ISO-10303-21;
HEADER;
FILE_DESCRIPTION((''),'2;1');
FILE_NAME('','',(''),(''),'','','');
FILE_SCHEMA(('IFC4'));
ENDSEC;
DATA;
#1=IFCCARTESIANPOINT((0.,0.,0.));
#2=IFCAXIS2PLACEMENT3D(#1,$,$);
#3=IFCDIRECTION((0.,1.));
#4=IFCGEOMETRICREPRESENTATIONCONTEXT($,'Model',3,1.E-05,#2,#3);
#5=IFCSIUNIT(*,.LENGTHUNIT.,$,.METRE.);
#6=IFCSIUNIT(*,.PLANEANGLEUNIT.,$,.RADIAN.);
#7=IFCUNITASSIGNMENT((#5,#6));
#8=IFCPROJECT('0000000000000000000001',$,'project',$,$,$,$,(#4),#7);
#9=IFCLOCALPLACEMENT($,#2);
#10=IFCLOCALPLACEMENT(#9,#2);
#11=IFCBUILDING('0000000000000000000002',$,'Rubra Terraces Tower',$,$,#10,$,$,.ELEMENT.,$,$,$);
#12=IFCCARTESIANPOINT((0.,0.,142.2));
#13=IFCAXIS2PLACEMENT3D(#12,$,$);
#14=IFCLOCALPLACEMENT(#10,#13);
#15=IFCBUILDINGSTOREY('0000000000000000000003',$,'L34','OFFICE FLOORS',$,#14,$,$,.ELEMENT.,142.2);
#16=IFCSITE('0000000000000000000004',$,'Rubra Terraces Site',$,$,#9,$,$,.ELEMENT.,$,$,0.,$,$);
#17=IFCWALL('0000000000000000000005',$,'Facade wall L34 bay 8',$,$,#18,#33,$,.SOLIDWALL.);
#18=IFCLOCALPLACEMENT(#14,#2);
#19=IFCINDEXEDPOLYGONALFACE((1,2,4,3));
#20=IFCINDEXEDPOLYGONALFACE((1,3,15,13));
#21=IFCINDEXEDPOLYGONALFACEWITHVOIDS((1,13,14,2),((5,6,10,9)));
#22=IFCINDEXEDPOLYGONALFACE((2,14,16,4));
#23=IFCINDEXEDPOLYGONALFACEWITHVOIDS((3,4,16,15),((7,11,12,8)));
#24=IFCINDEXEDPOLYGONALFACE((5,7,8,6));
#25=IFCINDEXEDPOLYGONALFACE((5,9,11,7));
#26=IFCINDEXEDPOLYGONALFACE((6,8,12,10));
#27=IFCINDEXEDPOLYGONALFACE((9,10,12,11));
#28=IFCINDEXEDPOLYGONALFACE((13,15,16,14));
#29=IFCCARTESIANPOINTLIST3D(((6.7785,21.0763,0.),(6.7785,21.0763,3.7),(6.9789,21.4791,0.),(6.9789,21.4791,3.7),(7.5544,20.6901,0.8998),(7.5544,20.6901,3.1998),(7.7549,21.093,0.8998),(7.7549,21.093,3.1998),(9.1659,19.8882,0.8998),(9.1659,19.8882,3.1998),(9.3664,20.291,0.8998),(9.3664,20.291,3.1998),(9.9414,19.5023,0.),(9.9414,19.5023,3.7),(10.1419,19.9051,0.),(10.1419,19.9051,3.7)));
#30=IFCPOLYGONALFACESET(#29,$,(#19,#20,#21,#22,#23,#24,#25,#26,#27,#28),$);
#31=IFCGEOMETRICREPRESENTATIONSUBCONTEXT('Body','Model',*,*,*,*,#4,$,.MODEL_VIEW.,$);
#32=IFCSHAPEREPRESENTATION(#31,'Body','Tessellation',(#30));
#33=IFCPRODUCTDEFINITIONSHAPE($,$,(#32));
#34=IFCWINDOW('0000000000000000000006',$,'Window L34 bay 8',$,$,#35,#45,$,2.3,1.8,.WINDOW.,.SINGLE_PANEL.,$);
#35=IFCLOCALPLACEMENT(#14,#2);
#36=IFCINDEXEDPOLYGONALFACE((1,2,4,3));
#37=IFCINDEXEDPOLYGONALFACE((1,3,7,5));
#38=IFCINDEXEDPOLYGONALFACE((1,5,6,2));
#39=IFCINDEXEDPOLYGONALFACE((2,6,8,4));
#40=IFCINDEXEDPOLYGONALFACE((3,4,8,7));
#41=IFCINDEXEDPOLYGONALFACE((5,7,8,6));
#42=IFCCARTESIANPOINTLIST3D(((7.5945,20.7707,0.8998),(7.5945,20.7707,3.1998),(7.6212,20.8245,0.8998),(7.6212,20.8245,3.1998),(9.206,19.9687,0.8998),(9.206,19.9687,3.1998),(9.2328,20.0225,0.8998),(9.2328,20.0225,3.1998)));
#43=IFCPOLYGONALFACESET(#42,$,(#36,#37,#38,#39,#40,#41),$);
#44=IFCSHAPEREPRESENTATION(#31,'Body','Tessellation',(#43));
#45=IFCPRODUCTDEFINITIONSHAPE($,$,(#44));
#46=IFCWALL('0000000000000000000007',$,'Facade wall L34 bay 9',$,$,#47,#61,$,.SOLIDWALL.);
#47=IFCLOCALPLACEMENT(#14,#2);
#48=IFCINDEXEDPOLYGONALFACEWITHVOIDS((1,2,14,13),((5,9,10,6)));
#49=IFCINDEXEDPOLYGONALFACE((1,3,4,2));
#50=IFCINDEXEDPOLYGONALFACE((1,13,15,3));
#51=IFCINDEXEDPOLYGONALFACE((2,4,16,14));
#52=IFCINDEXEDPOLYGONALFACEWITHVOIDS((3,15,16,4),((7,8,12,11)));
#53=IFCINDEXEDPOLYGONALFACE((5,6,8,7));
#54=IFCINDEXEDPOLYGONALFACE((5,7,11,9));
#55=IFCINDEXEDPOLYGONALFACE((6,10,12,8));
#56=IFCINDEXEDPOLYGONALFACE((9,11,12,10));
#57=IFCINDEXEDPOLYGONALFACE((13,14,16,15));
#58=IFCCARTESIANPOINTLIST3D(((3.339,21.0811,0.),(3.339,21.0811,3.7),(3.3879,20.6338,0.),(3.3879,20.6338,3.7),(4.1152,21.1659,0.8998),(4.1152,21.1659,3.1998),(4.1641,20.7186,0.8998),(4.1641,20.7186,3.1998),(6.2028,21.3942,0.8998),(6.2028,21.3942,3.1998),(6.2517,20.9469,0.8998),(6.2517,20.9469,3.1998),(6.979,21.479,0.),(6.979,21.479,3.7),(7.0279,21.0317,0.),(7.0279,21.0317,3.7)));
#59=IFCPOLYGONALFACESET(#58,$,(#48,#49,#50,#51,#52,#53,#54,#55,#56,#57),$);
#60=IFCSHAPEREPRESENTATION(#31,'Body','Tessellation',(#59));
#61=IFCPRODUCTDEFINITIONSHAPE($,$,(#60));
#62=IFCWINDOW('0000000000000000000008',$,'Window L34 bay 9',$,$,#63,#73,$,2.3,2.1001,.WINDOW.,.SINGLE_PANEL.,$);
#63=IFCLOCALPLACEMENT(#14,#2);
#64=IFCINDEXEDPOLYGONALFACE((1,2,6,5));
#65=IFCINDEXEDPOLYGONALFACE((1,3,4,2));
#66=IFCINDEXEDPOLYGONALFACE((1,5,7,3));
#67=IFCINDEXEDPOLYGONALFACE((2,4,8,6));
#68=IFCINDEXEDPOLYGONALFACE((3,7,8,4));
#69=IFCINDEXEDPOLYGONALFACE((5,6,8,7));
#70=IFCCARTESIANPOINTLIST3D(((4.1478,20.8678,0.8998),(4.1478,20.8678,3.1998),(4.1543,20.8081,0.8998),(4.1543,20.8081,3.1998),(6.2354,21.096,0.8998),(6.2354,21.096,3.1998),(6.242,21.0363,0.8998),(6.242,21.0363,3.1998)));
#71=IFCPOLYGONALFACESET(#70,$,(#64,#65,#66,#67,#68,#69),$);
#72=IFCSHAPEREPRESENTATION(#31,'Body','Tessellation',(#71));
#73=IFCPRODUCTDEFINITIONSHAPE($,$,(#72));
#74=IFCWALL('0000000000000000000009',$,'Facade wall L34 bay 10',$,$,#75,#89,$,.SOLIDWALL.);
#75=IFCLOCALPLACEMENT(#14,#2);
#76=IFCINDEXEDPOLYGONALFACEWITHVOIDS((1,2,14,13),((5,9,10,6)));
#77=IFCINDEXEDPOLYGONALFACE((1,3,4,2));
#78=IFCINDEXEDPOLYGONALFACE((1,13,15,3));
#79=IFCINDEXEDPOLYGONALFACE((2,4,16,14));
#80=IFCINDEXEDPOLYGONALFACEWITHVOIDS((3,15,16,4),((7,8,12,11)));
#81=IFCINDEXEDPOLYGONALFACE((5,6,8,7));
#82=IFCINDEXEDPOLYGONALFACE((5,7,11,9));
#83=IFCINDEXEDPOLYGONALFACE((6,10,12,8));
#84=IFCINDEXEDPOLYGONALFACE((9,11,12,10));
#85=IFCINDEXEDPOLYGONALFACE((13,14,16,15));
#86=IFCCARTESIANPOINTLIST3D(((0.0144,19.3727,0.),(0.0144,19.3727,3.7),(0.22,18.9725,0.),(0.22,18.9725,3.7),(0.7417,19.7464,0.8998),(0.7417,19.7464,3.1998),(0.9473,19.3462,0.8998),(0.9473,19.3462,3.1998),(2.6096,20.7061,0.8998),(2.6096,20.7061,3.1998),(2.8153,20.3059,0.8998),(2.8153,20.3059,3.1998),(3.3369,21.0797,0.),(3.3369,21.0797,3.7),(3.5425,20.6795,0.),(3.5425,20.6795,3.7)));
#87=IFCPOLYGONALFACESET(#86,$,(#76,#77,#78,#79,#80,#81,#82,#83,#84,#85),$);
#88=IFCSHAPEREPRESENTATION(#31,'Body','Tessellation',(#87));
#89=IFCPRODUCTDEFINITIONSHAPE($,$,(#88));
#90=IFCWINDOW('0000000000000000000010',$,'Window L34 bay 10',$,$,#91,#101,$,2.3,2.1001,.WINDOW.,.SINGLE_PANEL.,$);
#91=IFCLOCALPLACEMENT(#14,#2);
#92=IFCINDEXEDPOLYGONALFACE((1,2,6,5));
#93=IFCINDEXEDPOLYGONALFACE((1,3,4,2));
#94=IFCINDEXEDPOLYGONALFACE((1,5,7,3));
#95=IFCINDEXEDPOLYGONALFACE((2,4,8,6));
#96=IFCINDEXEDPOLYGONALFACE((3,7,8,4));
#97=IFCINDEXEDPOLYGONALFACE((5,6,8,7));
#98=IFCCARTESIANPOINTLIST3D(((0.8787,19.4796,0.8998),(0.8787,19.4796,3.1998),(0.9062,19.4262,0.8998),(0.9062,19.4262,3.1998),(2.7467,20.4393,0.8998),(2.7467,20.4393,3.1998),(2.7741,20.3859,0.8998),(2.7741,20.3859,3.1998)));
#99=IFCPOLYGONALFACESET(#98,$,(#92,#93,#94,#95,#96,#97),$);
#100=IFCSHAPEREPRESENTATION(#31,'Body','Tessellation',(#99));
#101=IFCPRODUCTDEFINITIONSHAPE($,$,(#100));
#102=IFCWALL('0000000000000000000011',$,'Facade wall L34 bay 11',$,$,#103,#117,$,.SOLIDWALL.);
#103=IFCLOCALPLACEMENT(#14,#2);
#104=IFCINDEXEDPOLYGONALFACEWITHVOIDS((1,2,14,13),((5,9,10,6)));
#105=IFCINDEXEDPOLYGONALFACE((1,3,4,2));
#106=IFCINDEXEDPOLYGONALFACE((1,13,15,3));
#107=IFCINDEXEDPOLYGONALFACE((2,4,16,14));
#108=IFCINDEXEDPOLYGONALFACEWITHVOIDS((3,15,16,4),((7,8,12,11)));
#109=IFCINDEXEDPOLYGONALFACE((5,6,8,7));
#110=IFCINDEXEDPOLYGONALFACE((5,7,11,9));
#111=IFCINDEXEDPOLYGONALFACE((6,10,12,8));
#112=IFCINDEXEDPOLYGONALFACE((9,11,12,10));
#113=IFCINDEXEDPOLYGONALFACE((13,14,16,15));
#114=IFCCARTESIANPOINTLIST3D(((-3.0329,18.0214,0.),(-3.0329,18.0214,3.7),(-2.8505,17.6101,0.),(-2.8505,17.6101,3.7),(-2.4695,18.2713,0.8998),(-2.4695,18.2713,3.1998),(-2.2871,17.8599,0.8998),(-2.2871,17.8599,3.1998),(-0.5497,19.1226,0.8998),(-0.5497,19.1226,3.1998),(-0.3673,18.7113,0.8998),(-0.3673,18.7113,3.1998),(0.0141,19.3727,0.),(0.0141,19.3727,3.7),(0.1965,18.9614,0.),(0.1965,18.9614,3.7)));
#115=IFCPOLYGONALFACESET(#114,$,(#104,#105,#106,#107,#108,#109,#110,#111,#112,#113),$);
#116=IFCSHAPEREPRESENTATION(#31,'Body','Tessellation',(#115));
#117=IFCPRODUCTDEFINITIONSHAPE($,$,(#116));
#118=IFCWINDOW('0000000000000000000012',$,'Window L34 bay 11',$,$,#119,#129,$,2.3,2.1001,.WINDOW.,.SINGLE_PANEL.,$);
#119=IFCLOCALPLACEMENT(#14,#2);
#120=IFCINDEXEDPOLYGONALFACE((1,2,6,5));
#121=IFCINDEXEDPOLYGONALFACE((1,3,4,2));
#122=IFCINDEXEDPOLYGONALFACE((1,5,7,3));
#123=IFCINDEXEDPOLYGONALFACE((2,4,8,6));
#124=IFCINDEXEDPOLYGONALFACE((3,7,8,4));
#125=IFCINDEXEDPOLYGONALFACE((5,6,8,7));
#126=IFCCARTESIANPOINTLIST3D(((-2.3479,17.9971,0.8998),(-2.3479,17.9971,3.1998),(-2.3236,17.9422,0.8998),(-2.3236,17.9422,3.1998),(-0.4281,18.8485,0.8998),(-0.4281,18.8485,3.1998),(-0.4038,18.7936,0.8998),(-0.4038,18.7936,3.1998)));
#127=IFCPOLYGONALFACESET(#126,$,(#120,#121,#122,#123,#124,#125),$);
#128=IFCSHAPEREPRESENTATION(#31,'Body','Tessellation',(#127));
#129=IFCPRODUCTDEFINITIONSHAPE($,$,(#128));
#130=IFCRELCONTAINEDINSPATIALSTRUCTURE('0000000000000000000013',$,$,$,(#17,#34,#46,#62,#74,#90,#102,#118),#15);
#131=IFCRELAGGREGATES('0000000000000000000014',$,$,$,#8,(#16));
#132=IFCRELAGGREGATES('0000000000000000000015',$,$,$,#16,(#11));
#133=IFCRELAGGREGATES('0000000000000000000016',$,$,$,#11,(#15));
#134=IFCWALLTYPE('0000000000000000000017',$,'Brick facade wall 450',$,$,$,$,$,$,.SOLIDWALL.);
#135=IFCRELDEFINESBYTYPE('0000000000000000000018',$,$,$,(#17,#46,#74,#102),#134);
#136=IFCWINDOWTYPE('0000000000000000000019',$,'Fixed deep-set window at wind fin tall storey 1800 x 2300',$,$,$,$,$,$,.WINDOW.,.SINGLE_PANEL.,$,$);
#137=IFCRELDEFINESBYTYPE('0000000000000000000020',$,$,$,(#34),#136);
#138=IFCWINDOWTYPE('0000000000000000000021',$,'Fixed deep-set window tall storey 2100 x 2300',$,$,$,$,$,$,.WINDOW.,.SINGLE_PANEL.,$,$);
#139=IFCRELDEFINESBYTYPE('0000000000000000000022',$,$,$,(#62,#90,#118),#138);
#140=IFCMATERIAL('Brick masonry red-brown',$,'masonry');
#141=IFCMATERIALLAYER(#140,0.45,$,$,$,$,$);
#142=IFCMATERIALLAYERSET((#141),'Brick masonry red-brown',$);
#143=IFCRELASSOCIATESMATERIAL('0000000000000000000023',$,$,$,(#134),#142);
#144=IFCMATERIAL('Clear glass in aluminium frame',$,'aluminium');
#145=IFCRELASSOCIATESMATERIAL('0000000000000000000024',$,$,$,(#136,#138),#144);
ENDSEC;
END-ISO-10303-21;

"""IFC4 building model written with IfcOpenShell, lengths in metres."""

from ifc_helpers import new_model, si_unit, direction, frame, frame_2d, origin, place, context, subcontext, project, spatial, rectangle, extrude, material, layer, layer_set, type_object, element, fill, save


model = new_model("IFC4")

# Units and contexts
model_context = context("Model", 3, precision=1e-05, world=origin(), true_north=direction((0.0, 1.0)))
body_context = subcontext(model_context, "Body", "Model", "MODEL_VIEW")
ifc_project = project(units=[si_unit("LENGTHUNIT", "METRE"), si_unit("PLANEANGLEUNIT", "RADIAN")], contexts=[model_context])

# Site, building, storey
site_placement = place(None, origin())
site = spatial("IfcSite", under=ifc_project, at=site_placement, Name="Rubra Terraces Site", CompositionType="ELEMENT", RefElevation=0.0)
building_placement = place(site_placement, origin())
building = spatial("IfcBuilding", under=site, at=building_placement, Name="Rubra Terraces Tower", CompositionType="ELEMENT")
storey_placement = place(building_placement, frame((0.0, 0.0, 142.2)))
storey = spatial("IfcBuildingStorey", under=building, at=storey_placement, Name="L34", Description="OFFICE FLOORS", CompositionType="ELEMENT", Elevation=142.2)

# Walls, openings, windows
ifc_material_1 = material(Name="Brick masonry red-brown", Category="masonry")
ifc_layer_1 = layer(ifc_material_1, 0.45)
ifc_layer_set_1 = layer_set([ifc_layer_1], Name="Brick masonry red-brown")
wall_type_1 = type_object("IfcWallType", Name="Brick facade wall 450", PredefinedType="SOLIDWALL", material=ifc_layer_set_1)
wall_1_placement = place(storey_placement, frame((10.0417, 19.7036, 0.0), z_axis=(0.0, 0.0, 1.0), x_axis=(-0.895269, 0.445527, 0.0)))
wall_1 = element("IfcWall", 1, at=wall_1_placement, inside=storey, type_object=wall_type_1, Name="Facade wall L34 bay 8", PredefinedType="SOLIDWALL", context=body_context, shape_type="SweptSolid", body=[
    extrude(rectangle(XDim=3.533, YDim=0.45, at=frame_2d((1.7666, 0.0))), origin(), (0.0, 0.0, 1.0), 3.7),
])
opening_1_placement = place(wall_1_placement, frame((0.8665, 0.0, 0.8999)))
opening_1 = element("IfcOpeningElement", 2, at=opening_1_placement, cuts=wall_1, PredefinedType="OPENING", context=body_context, shape_type="SweptSolid", body=[
    extrude(rectangle(XDim=1.8, YDim=2.3, at=frame_2d((0.8999, 1.1499))), frame((0.0, 0.2349, 0.0), z_axis=(0.0, -1.0, 0.0), x_axis=(1.0, 0.0, 0.0)), (0.0, 0.0, 1.0), 0.47),
])
ifc_material_2 = material(Name="Clear glass in aluminium frame", Category="aluminium")
window_type_1 = type_object("IfcWindowType", Name="Fixed deep-set window at wind fin tall storey 1800 x 2300", PartitioningType="SINGLE_PANEL", PredefinedType="WINDOW", material=ifc_material_2)
window_1_placement = place(opening_1_placement, origin())
window_1 = element("IfcWindow", 3, at=window_1_placement, inside=storey, type_object=window_type_1, Name="Window L34 bay 8", OverallHeight=2.3, OverallWidth=1.8, PartitioningType="SINGLE_PANEL", PredefinedType="WINDOW", context=body_context, shape_type="SweptSolid", body=[
    extrude(rectangle(XDim=1.8, YDim=2.3, at=frame_2d((0.8999, 1.1499))), frame((0.0, 0.135, 0.0), z_axis=(0.0, -1.0, 0.0), x_axis=(1.0, 0.0, 0.0)), (0.0, 0.0, 1.0), 0.0601),
])
fill(opening_1, window_1)
wall_2_placement = place(storey_placement, frame((7.0034, 21.2554, 0.0), z_axis=(0.0, 0.0, 1.0), x_axis=(-0.994077, -0.108682, 0.0)))
wall_2 = element("IfcWall", 4, at=wall_2_placement, inside=storey, type_object=wall_type_1, Name="Facade wall L34 bay 9", PredefinedType="SOLIDWALL", context=body_context, shape_type="SweptSolid", body=[
    extrude(rectangle(XDim=3.6616, YDim=0.45, at=frame_2d((1.8308, 0.0))), origin(), (0.0, 0.0, 1.0), 3.7),
])
opening_2_placement = place(wall_2_placement, frame((0.7808, 0.0, 0.8999)))
opening_2 = element("IfcOpeningElement", 5, at=opening_2_placement, cuts=wall_2, PredefinedType="OPENING", context=body_context, shape_type="SweptSolid", body=[
    extrude(rectangle(XDim=2.1001, YDim=2.3, at=frame_2d((1.05, 1.1499))), frame((0.0, 0.2349, 0.0), z_axis=(0.0, -1.0, 0.0), x_axis=(1.0, 0.0, 0.0)), (0.0, 0.0, 1.0), 0.47),
])
window_type_2 = type_object("IfcWindowType", Name="Fixed deep-set window tall storey 2100 x 2300", PartitioningType="SINGLE_PANEL", PredefinedType="WINDOW", material=ifc_material_2)
window_2_placement = place(opening_2_placement, origin())
window_2 = element("IfcWindow", 6, at=window_2_placement, inside=storey, type_object=window_type_2, Name="Window L34 bay 9", OverallHeight=2.3, OverallWidth=2.1001, PartitioningType="SINGLE_PANEL", PredefinedType="WINDOW", context=body_context, shape_type="SweptSolid", body=[
    extrude(rectangle(XDim=2.1001, YDim=2.3, at=frame_2d((1.05, 1.1499))), frame((0.0, 0.135, 0.0), z_axis=(0.0, -1.0, 0.0), x_axis=(1.0, 0.0, 0.0)), (0.0, 0.0, 1.0), 0.0601),
])
fill(opening_2, window_2)
wall_3_placement = place(storey_placement, frame((3.4397, 20.8796, 0.0), z_axis=(0.0, 0.0, 1.0), x_axis=(-0.889472, -0.456991, 0.0)))
wall_3 = element("IfcWall", 7, at=wall_3_placement, inside=storey, type_object=wall_type_1, Name="Facade wall L34 bay 10", PredefinedType="SOLIDWALL", context=body_context, shape_type="SweptSolid", body=[
    extrude(rectangle(XDim=3.7354, YDim=0.45, at=frame_2d((1.8677, 0.0))), origin(), (0.0, 0.0, 1.0), 3.7),
])
opening_3_placement = place(wall_3_placement, frame((0.8176, 0.0, 0.8999)))
opening_3 = element("IfcOpeningElement", 8, at=opening_3_placement, cuts=wall_3, PredefinedType="OPENING", context=body_context, shape_type="SweptSolid", body=[
    extrude(rectangle(XDim=2.1001, YDim=2.3, at=frame_2d((1.05, 1.1499))), frame((0.0, 0.2349, 0.0), z_axis=(0.0, -1.0, 0.0), x_axis=(1.0, 0.0, 0.0)), (0.0, 0.0, 1.0), 0.47),
])
window_3_placement = place(opening_3_placement, origin())
window_3 = element("IfcWindow", 9, at=window_3_placement, inside=storey, type_object=window_type_2, Name="Window L34 bay 10", OverallHeight=2.3, OverallWidth=2.1001, PartitioningType="SINGLE_PANEL", PredefinedType="WINDOW", context=body_context, shape_type="SweptSolid", body=[
    extrude(rectangle(XDim=2.1001, YDim=2.3, at=frame_2d((1.05, 1.1499))), frame((0.0, 0.135, 0.0), z_axis=(0.0, -1.0, 0.0), x_axis=(1.0, 0.0, 0.0)), (0.0, 0.0, 1.0), 0.0601),
])
fill(opening_3, window_3)
wall_4_placement = place(storey_placement, frame((0.1052, 19.167, 0.0), z_axis=(0.0, 0.0, 1.0), x_axis=(-0.91414, -0.405398, 0.0)))
wall_4 = element("IfcWall", 10, at=wall_4_placement, inside=storey, type_object=wall_type_1, Name="Facade wall L34 bay 11", PredefinedType="SOLIDWALL", context=body_context, shape_type="SweptSolid", body=[
    extrude(rectangle(XDim=3.3333, YDim=0.45, at=frame_2d((1.6665, 0.0))), origin(), (0.0, 0.0, 1.0), 3.7),
])
opening_4_placement = place(wall_4_placement, frame((0.6167, 0.0, 0.8999)))
opening_4 = element("IfcOpeningElement", 11, at=opening_4_placement, cuts=wall_4, PredefinedType="OPENING", context=body_context, shape_type="SweptSolid", body=[
    extrude(rectangle(XDim=2.1001, YDim=2.3, at=frame_2d((1.05, 1.1499))), frame((0.0, 0.2349, 0.0), z_axis=(0.0, -1.0, 0.0), x_axis=(1.0, 0.0, 0.0)), (0.0, 0.0, 1.0), 0.47),
])
window_4_placement = place(opening_4_placement, origin())
window_4 = element("IfcWindow", 12, at=window_4_placement, inside=storey, type_object=window_type_2, Name="Window L34 bay 11", OverallHeight=2.3, OverallWidth=2.1001, PartitioningType="SINGLE_PANEL", PredefinedType="WINDOW", context=body_context, shape_type="SweptSolid", body=[
    extrude(rectangle(XDim=2.1001, YDim=2.3, at=frame_2d((1.05, 1.1499))), frame((0.0, 0.135, 0.0), z_axis=(0.0, -1.0, 0.0), x_axis=(1.0, 0.0, 0.0)), (0.0, 0.0, 1.0), 0.0601),
])
fill(opening_4, window_4)

save(model, "model.ifc")
